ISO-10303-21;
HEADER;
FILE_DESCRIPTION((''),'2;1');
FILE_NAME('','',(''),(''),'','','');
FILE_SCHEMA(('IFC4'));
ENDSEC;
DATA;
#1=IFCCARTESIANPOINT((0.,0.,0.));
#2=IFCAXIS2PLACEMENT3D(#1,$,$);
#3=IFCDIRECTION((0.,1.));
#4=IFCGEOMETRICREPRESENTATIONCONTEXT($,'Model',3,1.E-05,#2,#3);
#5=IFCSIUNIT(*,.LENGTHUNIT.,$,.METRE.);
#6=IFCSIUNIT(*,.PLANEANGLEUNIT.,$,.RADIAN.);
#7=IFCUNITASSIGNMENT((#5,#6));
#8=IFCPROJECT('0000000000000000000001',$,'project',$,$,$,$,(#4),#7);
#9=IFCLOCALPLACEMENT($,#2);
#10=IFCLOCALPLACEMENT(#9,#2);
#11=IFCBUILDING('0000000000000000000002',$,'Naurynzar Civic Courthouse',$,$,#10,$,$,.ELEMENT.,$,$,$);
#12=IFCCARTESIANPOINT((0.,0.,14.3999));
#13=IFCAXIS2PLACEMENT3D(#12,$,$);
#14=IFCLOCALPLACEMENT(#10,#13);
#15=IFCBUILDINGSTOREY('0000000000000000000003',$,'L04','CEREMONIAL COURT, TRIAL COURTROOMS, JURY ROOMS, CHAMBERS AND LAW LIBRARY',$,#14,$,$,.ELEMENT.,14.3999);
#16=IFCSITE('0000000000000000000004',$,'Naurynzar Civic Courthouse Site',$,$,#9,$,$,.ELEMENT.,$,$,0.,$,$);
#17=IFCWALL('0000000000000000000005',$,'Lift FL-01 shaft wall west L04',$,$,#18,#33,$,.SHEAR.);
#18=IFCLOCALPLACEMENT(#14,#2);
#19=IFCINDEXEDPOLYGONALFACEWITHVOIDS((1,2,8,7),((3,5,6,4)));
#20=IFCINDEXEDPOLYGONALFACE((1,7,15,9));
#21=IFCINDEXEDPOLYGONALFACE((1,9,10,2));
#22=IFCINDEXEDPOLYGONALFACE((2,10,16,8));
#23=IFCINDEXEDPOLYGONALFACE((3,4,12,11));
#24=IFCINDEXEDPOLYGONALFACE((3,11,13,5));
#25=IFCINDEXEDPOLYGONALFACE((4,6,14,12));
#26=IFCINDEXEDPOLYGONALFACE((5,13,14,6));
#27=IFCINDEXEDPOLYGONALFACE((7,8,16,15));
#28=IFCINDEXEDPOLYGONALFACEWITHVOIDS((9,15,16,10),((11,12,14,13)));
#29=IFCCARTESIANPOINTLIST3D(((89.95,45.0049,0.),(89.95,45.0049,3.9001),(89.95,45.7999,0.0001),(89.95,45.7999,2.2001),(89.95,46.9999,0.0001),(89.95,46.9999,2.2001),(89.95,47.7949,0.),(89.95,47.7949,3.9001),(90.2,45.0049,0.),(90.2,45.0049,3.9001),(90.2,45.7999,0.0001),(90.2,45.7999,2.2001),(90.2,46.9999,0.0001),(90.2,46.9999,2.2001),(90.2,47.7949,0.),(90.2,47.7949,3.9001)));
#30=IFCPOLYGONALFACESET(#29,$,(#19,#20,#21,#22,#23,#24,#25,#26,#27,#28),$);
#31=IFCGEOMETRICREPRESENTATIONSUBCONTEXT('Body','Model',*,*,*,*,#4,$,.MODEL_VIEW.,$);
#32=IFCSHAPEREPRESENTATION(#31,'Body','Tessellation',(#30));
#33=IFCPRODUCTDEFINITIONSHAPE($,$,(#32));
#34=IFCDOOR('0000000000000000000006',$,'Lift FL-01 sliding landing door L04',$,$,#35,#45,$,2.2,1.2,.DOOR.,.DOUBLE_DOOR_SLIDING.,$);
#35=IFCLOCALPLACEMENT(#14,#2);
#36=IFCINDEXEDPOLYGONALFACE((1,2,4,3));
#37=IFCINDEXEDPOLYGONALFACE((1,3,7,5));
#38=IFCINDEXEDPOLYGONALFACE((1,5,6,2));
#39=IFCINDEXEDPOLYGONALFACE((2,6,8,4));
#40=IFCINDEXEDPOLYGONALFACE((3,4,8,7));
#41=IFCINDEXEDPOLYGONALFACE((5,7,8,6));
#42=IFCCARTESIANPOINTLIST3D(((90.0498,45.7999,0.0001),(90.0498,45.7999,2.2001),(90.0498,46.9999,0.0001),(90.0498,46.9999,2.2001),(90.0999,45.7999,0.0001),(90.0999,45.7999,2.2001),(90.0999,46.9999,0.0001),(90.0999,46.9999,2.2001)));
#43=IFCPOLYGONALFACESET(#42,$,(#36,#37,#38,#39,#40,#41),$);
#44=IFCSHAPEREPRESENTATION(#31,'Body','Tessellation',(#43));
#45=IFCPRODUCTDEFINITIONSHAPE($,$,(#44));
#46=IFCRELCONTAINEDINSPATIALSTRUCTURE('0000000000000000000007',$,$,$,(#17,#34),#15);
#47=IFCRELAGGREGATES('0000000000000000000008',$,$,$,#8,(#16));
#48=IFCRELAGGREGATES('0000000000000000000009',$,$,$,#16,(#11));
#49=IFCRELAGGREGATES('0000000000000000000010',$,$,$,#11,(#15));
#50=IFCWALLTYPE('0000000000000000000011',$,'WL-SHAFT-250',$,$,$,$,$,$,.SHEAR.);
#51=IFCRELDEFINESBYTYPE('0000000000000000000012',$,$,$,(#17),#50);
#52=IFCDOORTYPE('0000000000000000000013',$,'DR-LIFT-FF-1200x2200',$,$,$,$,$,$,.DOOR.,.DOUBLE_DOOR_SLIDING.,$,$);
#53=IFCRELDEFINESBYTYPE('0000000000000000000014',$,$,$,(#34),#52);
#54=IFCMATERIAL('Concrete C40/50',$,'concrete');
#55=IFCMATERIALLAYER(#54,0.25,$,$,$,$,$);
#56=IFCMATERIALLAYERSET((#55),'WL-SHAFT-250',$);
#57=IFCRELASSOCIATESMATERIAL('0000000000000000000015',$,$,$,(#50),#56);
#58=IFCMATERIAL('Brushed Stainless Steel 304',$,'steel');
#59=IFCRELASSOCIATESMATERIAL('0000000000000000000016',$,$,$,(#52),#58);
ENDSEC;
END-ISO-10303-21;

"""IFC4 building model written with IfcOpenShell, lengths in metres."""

from ifc_helpers import new_model, si_unit, direction, frame, frame_2d, origin, place, context, subcontext, project, spatial, rectangle, extrude, material, layer, layer_set, type_object, element, fill, save


model = new_model("IFC4")

# Units and contexts
model_context = context("Model", 3, precision=1e-05, world=origin(), true_north=direction((0.0, 1.0)))
body_context = subcontext(model_context, "Body", "Model", "MODEL_VIEW")
ifc_project = project(units=[si_unit("LENGTHUNIT", "METRE"), si_unit("PLANEANGLEUNIT", "RADIAN")], contexts=[model_context])

# Site, building, storey
site_placement = place(None, origin())
site = spatial("IfcSite", under=ifc_project, at=site_placement, Name="Naurynzar Civic Courthouse Site", CompositionType="ELEMENT", RefElevation=0.0)
building_placement = place(site_placement, origin())
building = spatial("IfcBuilding", under=site, at=building_placement, Name="Naurynzar Civic Courthouse", CompositionType="ELEMENT")
storey_placement = place(building_placement, frame((0.0, 0.0, 14.3999)))
storey = spatial("IfcBuildingStorey", under=building, at=storey_placement, Name="L04", Description="CEREMONIAL COURT, TRIAL COURTROOMS, JURY ROOMS, CHAMBERS AND LAW LIBRARY", CompositionType="ELEMENT", Elevation=14.3999)

# Shared definitions
ifc_material_1 = material(Name="Concrete C40/50", Category="concrete")
ifc_layer_1 = layer(ifc_material_1, 0.25)
ifc_layer_set_1 = layer_set([ifc_layer_1], Name="WL-SHAFT-250")
wall_type_1 = type_object("IfcWallType", Name="WL-SHAFT-250", PredefinedType="SHEAR", material=ifc_layer_set_1)

# Wall, opening, door
wall_1_placement = place(storey_placement, frame((90.075, 47.7949, 0.0), z_axis=(0.0, 0.0, 1.0), x_axis=(0.0, -1.0, 0.0)))
wall_1 = element("IfcWall", 1, at=wall_1_placement, inside=storey, type_object=wall_type_1, Name="Lift FL-01 shaft wall west L04", PredefinedType="SHEAR", context=body_context, shape_type="SweptSolid", body=[
    extrude(rectangle(XDim=2.79, YDim=0.25, at=frame_2d((1.395, 0.0))), origin(), (0.0, 0.0, 1.0), 3.9001),
])
opening_1_placement = place(wall_1_placement, frame((0.7949, 0.0, 0.0)))
opening_1 = element("IfcOpeningElement", 2, at=opening_1_placement, cuts=wall_1, PredefinedType="OPENING", context=body_context, shape_type="SweptSolid", body=[
    extrude(rectangle(XDim=1.2, YDim=2.2, at=frame_2d((0.6001, 1.1001))), frame((0.0, 0.135, 0.0), z_axis=(0.0, -1.0, 0.0), x_axis=(1.0, 0.0, 0.0)), (0.0, 0.0, 1.0), 0.27),
])
ifc_material_2 = material(Name="Brushed Stainless Steel 304", Category="steel")
door_type_1 = type_object("IfcDoorType", Name="DR-LIFT-FF-1200x2200", OperationType="DOUBLE_DOOR_SLIDING", PredefinedType="DOOR", material=ifc_material_2)
door_1_placement = place(opening_1_placement, origin())
door_1 = element("IfcDoor", 3, at=door_1_placement, inside=storey, type_object=door_type_1, Name="Lift FL-01 sliding landing door L04", OperationType="DOUBLE_DOOR_SLIDING", OverallHeight=2.2, OverallWidth=1.2, PredefinedType="DOOR", context=body_context, shape_type="SweptSolid", body=[
    extrude(rectangle(XDim=1.2, YDim=2.2, at=frame_2d((0.6001, 1.1001))), frame((0.0, 0.0249, 0.0), z_axis=(0.0, -1.0, 0.0), x_axis=(1.0, 0.0, 0.0)), (0.0, 0.0, 1.0), 0.05),
])
fill(opening_1, door_1)

save(model, "model.ifc")
